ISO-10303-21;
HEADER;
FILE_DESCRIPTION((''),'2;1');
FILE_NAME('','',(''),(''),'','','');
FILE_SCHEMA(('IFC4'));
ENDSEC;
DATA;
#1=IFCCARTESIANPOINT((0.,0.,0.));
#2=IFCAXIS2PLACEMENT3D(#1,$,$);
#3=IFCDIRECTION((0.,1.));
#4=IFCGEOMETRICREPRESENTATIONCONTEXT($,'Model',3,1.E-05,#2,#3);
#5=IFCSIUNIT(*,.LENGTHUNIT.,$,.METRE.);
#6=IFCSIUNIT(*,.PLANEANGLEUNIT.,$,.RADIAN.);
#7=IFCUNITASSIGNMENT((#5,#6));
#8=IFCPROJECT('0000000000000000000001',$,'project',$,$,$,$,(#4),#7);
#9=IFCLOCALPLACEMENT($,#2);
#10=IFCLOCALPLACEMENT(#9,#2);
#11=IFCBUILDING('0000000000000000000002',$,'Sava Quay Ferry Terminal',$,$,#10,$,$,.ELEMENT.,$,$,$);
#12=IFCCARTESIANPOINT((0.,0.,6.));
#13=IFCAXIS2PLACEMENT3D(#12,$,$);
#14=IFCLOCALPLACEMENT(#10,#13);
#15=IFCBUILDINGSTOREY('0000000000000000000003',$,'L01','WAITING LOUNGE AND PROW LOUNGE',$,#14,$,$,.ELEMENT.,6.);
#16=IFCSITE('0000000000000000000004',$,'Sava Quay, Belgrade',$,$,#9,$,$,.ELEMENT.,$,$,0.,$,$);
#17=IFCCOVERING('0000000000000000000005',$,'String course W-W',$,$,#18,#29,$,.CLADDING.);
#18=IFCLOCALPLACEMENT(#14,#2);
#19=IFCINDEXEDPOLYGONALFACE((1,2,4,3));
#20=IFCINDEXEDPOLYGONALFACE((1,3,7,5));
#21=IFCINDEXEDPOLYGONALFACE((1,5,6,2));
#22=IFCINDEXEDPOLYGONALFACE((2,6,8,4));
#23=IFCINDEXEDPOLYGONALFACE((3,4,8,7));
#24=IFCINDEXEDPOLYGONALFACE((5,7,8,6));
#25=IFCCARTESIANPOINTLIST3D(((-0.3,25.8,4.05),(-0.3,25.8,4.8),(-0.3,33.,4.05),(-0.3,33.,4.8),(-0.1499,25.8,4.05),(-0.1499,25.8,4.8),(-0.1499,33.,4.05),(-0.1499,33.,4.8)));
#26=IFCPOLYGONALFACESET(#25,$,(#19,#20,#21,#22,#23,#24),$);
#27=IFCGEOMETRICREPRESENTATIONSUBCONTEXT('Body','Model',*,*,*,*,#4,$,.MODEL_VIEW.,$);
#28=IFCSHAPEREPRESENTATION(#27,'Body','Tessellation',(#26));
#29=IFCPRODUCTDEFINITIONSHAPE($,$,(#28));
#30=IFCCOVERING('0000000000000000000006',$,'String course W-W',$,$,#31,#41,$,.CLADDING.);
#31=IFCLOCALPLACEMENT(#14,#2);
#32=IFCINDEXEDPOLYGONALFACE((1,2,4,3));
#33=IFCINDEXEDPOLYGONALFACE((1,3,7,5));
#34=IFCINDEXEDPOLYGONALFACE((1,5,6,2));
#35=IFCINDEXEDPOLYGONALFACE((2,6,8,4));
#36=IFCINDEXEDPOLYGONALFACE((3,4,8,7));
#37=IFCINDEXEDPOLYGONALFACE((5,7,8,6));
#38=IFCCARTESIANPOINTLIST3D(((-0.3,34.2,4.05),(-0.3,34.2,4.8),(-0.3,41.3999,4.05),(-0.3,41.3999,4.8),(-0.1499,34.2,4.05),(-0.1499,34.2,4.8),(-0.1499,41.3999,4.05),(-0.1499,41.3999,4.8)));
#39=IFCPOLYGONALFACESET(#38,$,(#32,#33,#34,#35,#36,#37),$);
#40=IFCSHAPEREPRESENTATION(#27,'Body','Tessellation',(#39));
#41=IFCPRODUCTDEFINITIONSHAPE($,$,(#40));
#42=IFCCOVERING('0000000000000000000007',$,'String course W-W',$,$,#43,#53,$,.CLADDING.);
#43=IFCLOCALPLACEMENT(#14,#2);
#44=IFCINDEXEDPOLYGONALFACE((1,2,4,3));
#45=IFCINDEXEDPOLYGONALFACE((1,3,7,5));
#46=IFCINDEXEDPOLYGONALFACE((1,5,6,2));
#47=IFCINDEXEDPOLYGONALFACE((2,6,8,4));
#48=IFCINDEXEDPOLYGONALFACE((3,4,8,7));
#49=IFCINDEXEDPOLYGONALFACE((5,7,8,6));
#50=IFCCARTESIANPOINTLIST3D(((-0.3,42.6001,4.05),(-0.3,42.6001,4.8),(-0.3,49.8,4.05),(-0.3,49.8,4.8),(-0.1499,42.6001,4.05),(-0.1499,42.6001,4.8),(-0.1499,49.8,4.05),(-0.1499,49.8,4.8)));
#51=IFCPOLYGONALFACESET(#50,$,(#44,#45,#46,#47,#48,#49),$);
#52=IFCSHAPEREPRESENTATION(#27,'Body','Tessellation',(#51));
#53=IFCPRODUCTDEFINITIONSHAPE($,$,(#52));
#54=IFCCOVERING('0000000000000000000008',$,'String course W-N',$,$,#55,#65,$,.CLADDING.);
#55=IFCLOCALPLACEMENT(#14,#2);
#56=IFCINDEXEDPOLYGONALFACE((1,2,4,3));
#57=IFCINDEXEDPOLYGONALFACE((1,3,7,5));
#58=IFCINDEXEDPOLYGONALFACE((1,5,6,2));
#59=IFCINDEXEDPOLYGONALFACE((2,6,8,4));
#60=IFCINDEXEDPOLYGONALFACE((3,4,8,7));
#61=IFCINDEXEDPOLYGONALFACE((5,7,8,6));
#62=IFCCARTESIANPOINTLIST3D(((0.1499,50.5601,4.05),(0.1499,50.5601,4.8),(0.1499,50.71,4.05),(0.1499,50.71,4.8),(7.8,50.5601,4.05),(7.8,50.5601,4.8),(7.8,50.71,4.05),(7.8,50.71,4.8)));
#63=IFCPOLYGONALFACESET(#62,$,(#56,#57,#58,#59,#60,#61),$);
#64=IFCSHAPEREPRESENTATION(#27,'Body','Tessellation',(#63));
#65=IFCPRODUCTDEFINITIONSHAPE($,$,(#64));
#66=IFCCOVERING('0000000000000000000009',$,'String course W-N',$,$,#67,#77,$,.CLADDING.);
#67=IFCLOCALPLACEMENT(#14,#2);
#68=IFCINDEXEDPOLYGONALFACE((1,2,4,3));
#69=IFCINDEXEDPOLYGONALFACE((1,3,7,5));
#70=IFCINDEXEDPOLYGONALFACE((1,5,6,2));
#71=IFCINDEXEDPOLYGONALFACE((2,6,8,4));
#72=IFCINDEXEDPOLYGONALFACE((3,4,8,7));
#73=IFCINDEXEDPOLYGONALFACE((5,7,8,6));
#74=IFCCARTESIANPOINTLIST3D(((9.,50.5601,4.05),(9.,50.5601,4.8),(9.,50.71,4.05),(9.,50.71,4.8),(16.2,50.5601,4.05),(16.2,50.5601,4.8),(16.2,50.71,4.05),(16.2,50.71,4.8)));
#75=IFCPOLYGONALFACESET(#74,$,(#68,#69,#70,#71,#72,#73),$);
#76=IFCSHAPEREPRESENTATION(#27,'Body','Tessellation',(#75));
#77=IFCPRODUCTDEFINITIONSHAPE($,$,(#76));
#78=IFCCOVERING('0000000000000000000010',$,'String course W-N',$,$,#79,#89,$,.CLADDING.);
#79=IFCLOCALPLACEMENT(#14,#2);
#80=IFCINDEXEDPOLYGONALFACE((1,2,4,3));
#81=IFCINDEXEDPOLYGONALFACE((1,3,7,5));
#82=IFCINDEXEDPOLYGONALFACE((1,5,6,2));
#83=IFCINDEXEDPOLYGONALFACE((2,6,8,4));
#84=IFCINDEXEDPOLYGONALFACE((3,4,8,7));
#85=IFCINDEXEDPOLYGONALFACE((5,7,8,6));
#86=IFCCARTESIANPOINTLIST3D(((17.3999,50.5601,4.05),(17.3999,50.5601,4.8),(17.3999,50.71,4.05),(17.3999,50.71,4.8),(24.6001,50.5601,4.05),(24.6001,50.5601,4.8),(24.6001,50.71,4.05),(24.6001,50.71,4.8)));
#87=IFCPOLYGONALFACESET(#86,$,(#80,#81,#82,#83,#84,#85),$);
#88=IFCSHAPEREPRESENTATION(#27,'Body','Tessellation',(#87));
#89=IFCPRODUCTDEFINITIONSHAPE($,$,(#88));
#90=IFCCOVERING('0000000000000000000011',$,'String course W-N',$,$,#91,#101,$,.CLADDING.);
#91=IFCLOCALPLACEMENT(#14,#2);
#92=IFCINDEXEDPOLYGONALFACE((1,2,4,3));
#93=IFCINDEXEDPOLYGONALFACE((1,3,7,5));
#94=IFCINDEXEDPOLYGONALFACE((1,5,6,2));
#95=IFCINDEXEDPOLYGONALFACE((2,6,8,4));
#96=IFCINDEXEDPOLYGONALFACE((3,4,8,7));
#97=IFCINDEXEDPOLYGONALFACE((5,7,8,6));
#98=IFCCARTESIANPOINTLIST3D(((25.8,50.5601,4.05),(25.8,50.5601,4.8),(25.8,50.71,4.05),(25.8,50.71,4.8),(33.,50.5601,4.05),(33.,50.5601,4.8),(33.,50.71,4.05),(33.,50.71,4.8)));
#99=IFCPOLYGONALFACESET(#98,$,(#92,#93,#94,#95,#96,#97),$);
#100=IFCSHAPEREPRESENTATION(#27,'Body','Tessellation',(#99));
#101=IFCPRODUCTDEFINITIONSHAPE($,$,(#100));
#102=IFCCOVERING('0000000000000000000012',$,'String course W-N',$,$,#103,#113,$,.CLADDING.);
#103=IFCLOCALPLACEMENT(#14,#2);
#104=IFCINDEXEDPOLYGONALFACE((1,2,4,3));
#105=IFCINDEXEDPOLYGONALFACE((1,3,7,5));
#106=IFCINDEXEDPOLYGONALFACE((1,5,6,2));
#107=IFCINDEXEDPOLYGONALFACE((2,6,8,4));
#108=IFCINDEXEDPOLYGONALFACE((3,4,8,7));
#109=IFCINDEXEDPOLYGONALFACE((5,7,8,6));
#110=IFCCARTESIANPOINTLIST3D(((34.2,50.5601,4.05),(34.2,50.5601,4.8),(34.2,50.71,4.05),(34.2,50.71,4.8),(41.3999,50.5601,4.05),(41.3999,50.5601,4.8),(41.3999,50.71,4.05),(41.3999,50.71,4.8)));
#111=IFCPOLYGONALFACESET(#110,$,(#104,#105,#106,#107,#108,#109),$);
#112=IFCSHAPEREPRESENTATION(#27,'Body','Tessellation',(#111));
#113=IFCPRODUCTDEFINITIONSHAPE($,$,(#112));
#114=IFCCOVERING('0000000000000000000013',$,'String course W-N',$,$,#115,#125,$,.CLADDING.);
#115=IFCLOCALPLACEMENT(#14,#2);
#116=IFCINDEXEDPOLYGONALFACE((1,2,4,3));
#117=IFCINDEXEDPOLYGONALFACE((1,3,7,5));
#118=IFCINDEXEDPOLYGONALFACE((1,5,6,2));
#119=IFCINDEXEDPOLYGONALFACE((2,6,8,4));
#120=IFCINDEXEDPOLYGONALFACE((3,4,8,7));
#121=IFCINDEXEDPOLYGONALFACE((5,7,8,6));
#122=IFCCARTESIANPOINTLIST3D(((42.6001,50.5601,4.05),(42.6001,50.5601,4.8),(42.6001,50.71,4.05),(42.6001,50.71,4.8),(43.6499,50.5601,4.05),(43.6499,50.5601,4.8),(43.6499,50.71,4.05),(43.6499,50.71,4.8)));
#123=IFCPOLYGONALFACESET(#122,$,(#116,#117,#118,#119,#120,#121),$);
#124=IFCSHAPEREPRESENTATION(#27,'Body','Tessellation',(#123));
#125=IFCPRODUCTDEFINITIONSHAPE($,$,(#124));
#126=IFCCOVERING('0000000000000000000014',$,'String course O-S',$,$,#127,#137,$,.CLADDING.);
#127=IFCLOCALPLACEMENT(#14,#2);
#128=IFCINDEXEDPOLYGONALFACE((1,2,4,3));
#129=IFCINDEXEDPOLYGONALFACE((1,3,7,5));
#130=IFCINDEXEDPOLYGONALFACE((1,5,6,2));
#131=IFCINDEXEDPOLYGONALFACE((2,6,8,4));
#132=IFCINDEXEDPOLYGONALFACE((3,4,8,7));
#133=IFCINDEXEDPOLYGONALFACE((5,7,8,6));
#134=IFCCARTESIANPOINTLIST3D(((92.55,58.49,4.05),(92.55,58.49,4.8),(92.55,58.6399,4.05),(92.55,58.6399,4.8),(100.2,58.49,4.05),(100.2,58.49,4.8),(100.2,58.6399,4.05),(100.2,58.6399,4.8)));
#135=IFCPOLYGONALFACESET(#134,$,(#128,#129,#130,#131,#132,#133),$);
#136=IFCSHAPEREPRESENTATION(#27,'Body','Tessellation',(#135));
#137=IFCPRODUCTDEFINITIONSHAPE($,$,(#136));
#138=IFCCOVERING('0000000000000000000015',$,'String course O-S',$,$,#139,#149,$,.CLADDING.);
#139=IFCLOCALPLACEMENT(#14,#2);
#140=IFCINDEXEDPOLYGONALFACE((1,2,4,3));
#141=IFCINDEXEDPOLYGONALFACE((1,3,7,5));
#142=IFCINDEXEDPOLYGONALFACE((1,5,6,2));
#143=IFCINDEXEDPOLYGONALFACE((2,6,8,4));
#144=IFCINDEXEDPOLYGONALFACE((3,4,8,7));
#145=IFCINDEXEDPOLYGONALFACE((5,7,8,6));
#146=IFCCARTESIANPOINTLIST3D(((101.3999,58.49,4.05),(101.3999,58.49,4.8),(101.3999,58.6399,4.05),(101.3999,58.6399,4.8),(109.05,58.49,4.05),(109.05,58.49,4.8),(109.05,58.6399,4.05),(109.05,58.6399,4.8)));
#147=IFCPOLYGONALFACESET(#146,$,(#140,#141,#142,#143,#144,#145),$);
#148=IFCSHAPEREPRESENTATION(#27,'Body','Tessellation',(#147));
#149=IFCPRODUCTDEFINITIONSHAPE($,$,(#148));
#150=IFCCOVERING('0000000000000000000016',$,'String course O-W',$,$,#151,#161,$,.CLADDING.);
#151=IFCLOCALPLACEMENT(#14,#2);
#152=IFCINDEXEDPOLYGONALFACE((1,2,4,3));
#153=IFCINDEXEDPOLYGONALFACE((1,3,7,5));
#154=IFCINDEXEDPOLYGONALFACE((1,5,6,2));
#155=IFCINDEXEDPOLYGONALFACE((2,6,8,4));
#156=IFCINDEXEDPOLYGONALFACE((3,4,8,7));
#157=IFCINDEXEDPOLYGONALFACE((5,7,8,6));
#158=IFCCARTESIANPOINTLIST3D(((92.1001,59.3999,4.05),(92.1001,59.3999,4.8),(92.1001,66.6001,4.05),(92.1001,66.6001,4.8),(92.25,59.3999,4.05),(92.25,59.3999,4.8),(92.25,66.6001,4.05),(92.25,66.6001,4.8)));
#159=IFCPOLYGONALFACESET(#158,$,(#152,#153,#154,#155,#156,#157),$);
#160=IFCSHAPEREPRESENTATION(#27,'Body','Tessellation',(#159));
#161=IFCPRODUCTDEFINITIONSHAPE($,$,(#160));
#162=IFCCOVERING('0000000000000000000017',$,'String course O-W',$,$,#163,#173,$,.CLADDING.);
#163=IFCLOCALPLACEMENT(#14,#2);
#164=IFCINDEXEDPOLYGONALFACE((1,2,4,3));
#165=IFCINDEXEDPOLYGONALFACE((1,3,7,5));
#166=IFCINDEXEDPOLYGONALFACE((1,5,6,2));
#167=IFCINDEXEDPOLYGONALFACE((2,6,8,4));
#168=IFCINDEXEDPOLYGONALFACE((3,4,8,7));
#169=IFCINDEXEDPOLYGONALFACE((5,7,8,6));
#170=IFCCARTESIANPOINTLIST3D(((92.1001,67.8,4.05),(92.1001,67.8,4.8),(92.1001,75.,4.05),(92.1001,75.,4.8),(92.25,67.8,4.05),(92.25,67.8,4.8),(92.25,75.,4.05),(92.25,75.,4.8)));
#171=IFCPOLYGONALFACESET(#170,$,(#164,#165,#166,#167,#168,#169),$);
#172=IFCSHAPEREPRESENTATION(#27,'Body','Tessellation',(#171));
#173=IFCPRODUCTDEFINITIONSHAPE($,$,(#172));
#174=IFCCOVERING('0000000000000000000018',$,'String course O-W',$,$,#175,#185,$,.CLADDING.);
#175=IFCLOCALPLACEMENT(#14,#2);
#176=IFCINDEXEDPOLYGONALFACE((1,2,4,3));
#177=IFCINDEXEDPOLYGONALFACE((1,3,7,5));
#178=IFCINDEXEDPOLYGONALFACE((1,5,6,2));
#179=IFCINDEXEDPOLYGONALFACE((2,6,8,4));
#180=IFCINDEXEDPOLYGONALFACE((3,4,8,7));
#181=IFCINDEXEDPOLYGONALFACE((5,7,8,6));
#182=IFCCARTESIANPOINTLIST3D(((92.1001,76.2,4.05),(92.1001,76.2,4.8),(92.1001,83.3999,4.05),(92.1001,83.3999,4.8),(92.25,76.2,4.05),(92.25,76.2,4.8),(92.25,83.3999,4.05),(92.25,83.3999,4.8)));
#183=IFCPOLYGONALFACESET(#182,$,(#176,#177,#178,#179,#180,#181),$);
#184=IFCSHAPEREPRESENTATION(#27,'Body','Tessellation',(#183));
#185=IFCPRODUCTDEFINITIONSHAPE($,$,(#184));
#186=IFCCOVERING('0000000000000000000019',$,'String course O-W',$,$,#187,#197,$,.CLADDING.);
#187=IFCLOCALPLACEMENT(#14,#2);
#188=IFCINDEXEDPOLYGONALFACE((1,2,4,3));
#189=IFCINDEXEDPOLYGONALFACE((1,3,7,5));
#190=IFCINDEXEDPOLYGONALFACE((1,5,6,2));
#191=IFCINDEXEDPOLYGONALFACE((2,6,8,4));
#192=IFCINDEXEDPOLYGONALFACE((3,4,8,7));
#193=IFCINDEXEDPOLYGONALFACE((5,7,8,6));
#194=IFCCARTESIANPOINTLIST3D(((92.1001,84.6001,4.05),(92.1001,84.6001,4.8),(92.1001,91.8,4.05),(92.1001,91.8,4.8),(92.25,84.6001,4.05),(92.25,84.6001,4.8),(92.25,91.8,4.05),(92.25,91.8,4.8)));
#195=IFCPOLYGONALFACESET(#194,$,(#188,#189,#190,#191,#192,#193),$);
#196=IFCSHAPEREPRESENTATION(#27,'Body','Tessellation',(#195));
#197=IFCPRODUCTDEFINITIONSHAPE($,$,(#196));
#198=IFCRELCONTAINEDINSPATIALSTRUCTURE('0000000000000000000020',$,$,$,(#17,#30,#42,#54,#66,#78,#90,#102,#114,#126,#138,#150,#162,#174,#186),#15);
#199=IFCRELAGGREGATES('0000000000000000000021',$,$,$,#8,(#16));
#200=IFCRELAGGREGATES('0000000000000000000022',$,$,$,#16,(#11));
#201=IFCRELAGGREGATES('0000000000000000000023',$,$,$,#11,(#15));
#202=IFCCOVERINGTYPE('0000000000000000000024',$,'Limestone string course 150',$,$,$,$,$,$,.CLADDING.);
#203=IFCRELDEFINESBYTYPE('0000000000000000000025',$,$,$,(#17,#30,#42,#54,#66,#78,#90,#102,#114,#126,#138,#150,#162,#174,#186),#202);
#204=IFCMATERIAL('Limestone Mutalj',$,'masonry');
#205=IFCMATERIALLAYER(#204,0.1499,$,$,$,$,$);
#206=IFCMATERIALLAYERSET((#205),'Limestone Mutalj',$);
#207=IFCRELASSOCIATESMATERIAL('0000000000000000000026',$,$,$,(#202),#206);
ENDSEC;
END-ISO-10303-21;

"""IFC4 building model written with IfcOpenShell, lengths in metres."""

from ifc_helpers import new_model, si_unit, direction, frame, origin, place, context, subcontext, project, spatial, polyline, outline, extrude, material, layer, layer_set, type_object, element, save


model = new_model("IFC4")

# Units and contexts
model_context = context("Model", 3, precision=1e-05, world=origin(), true_north=direction((0.0, 1.0)))
body_context = subcontext(model_context, "Body", "Model", "MODEL_VIEW")
ifc_project = project(units=[si_unit("LENGTHUNIT", "METRE"), si_unit("PLANEANGLEUNIT", "RADIAN")], contexts=[model_context])

# Site, building, storey
site_placement = place(None, origin())
site = spatial("IfcSite", under=ifc_project, at=site_placement, Name="Sava Quay, Belgrade", CompositionType="ELEMENT", RefElevation=0.0)
building_placement = place(site_placement, origin())
building = spatial("IfcBuilding", under=site, at=building_placement, Name="Sava Quay Ferry Terminal", CompositionType="ELEMENT")
storey_placement = place(building_placement, frame((0.0, 0.0, 6.0)))
storey = spatial("IfcBuildingStorey", under=building, at=storey_placement, Name="L01", Description="WAITING LOUNGE AND PROW LOUNGE", CompositionType="ELEMENT", Elevation=6.0)

# Coverings
ifc_material = material(Name="Limestone Mutalj", Category="masonry")
ifc_layer = layer(ifc_material, 0.1499)
ifc_layer_set = layer_set([ifc_layer], Name="Limestone Mutalj")
covering_type = type_object("IfcCoveringType", Name="Limestone string course 150", PredefinedType="CLADDING", material=ifc_layer_set)
covering_1_placement = place(storey_placement, frame((0.0, 0.0, 4.05)))
element("IfcCovering", 1, at=covering_1_placement, inside=storey, type_object=covering_type, Name="String course W-W", PredefinedType="CLADDING", context=body_context, shape_type="SweptSolid", body=[
    extrude(outline(polyline([(-0.1499, 25.8), (-0.1499, 33.0), (-0.3, 33.0), (-0.3, 25.8), (-0.1499, 25.8)])), origin(), (0.0, 0.0, 1.0), 0.75),
])
covering_2_placement = place(storey_placement, frame((0.0, 0.0, 4.05)))
element("IfcCovering", 2, at=covering_2_placement, inside=storey, type_object=covering_type, Name="String course W-W", PredefinedType="CLADDING", context=body_context, shape_type="SweptSolid", body=[
    extrude(outline(polyline([(-0.1499, 34.2), (-0.1499, 41.3999), (-0.3, 41.3999), (-0.3, 34.2), (-0.1499, 34.2)])), origin(), (0.0, 0.0, 1.0), 0.75),
])
covering_3_placement = place(storey_placement, frame((0.0, 0.0, 4.05)))
element("IfcCovering", 3, at=covering_3_placement, inside=storey, type_object=covering_type, Name="String course W-W", PredefinedType="CLADDING", context=body_context, shape_type="SweptSolid", body=[
    extrude(outline(polyline([(-0.1499, 42.6001), (-0.1499, 49.8), (-0.3, 49.8), (-0.3, 42.6001), (-0.1499, 42.6001)])), origin(), (0.0, 0.0, 1.0), 0.75),
])
covering_4_placement = place(storey_placement, frame((0.0, 0.0, 4.05)))
element("IfcCovering", 4, at=covering_4_placement, inside=storey, type_object=covering_type, Name="String course W-N", PredefinedType="CLADDING", context=body_context, shape_type="SweptSolid", body=[
    extrude(outline(polyline([(0.1499, 50.5601), (7.8, 50.5601), (7.8, 50.71), (0.1499, 50.71), (0.1499, 50.5601)])), origin(), (0.0, 0.0, 1.0), 0.75),
])
covering_5_placement = place(storey_placement, frame((0.0, 0.0, 4.05)))
element("IfcCovering", 5, at=covering_5_placement, inside=storey, type_object=covering_type, Name="String course W-N", PredefinedType="CLADDING", context=body_context, shape_type="SweptSolid", body=[
    extrude(outline(polyline([(9.0, 50.5601), (16.2, 50.5601), (16.2, 50.71), (9.0, 50.71), (9.0, 50.5601)])), origin(), (0.0, 0.0, 1.0), 0.75),
])
covering_6_placement = place(storey_placement, frame((0.0, 0.0, 4.05)))
element("IfcCovering", 6, at=covering_6_placement, inside=storey, type_object=covering_type, Name="String course W-N", PredefinedType="CLADDING", context=body_context, shape_type="SweptSolid", body=[
    extrude(outline(polyline([(17.3999, 50.5601), (24.6001, 50.5601), (24.6001, 50.71), (17.3999, 50.71), (17.3999, 50.5601)])), origin(), (0.0, 0.0, 1.0), 0.75),
])
covering_7_placement = place(storey_placement, frame((0.0, 0.0, 4.05)))
element("IfcCovering", 7, at=covering_7_placement, inside=storey, type_object=covering_type, Name="String course W-N", PredefinedType="CLADDING", context=body_context, shape_type="SweptSolid", body=[
    extrude(outline(polyline([(25.8, 50.5601), (33.0, 50.5601), (33.0, 50.71), (25.8, 50.71), (25.8, 50.5601)])), origin(), (0.0, 0.0, 1.0), 0.75),
])
covering_8_placement = place(storey_placement, frame((0.0, 0.0, 4.05)))
element("IfcCovering", 8, at=covering_8_placement, inside=storey, type_object=covering_type, Name="String course W-N", PredefinedType="CLADDING", context=body_context, shape_type="SweptSolid", body=[
    extrude(outline(polyline([(34.2, 50.5601), (41.3999, 50.5601), (41.3999, 50.71), (34.2, 50.71), (34.2, 50.5601)])), origin(), (0.0, 0.0, 1.0), 0.75),
])
covering_9_placement = place(storey_placement, frame((0.0, 0.0, 4.05)))
element("IfcCovering", 9, at=covering_9_placement, inside=storey, type_object=covering_type, Name="String course W-N", PredefinedType="CLADDING", context=body_context, shape_type="SweptSolid", body=[
    extrude(outline(polyline([(42.6001, 50.5601), (43.6499, 50.5601), (43.6499, 50.71), (42.6001, 50.71), (42.6001, 50.5601)])), origin(), (0.0, 0.0, 1.0), 0.75),
])
covering_10_placement = place(storey_placement, frame((0.0, 0.0, 4.05)))
element("IfcCovering", 10, at=covering_10_placement, inside=storey, type_object=covering_type, Name="String course O-S", PredefinedType="CLADDING", context=body_context, shape_type="SweptSolid", body=[
    extrude(outline(polyline([(92.55, 58.6399), (100.2, 58.6399), (100.2, 58.49), (92.55, 58.49), (92.55, 58.6399)])), origin(), (0.0, 0.0, 1.0), 0.75),
])
covering_11_placement = place(storey_placement, frame((0.0, 0.0, 4.05)))
element("IfcCovering", 11, at=covering_11_placement, inside=storey, type_object=covering_type, Name="String course O-S", PredefinedType="CLADDING", context=body_context, shape_type="SweptSolid", body=[
    extrude(outline(polyline([(101.3999, 58.6399), (109.05, 58.6399), (109.05, 58.49), (101.3999, 58.49), (101.3999, 58.6399)])), origin(), (0.0, 0.0, 1.0), 0.75),
])
covering_12_placement = place(storey_placement, frame((0.0, 0.0, 4.05)))
element("IfcCovering", 12, at=covering_12_placement, inside=storey, type_object=covering_type, Name="String course O-W", PredefinedType="CLADDING", context=body_context, shape_type="SweptSolid", body=[
    extrude(outline(polyline([(92.25, 59.3999), (92.25, 66.6001), (92.1001, 66.6001), (92.1001, 59.3999), (92.25, 59.3999)])), origin(), (0.0, 0.0, 1.0), 0.75),
])
covering_13_placement = place(storey_placement, frame((0.0, 0.0, 4.05)))
element("IfcCovering", 13, at=covering_13_placement, inside=storey, type_object=covering_type, Name="String course O-W", PredefinedType="CLADDING", context=body_context, shape_type="SweptSolid", body=[
    extrude(outline(polyline([(92.25, 67.8), (92.25, 75.0), (92.1001, 75.0), (92.1001, 67.8), (92.25, 67.8)])), origin(), (0.0, 0.0, 1.0), 0.75),
])
covering_14_placement = place(storey_placement, frame((0.0, 0.0, 4.05)))
element("IfcCovering", 14, at=covering_14_placement, inside=storey, type_object=covering_type, Name="String course O-W", PredefinedType="CLADDING", context=body_context, shape_type="SweptSolid", body=[
    extrude(outline(polyline([(92.25, 76.2), (92.25, 83.3999), (92.1001, 83.3999), (92.1001, 76.2), (92.25, 76.2)])), origin(), (0.0, 0.0, 1.0), 0.75),
])
covering_15_placement = place(storey_placement, frame((0.0, 0.0, 4.05)))
element("IfcCovering", 15, at=covering_15_placement, inside=storey, type_object=covering_type, Name="String course O-W", PredefinedType="CLADDING", context=body_context, shape_type="SweptSolid", body=[
    extrude(outline(polyline([(92.25, 84.6001), (92.25, 91.8), (92.1001, 91.8), (92.1001, 84.6001), (92.25, 84.6001)])), origin(), (0.0, 0.0, 1.0), 0.75),
])

save(model, "model.ifc")
